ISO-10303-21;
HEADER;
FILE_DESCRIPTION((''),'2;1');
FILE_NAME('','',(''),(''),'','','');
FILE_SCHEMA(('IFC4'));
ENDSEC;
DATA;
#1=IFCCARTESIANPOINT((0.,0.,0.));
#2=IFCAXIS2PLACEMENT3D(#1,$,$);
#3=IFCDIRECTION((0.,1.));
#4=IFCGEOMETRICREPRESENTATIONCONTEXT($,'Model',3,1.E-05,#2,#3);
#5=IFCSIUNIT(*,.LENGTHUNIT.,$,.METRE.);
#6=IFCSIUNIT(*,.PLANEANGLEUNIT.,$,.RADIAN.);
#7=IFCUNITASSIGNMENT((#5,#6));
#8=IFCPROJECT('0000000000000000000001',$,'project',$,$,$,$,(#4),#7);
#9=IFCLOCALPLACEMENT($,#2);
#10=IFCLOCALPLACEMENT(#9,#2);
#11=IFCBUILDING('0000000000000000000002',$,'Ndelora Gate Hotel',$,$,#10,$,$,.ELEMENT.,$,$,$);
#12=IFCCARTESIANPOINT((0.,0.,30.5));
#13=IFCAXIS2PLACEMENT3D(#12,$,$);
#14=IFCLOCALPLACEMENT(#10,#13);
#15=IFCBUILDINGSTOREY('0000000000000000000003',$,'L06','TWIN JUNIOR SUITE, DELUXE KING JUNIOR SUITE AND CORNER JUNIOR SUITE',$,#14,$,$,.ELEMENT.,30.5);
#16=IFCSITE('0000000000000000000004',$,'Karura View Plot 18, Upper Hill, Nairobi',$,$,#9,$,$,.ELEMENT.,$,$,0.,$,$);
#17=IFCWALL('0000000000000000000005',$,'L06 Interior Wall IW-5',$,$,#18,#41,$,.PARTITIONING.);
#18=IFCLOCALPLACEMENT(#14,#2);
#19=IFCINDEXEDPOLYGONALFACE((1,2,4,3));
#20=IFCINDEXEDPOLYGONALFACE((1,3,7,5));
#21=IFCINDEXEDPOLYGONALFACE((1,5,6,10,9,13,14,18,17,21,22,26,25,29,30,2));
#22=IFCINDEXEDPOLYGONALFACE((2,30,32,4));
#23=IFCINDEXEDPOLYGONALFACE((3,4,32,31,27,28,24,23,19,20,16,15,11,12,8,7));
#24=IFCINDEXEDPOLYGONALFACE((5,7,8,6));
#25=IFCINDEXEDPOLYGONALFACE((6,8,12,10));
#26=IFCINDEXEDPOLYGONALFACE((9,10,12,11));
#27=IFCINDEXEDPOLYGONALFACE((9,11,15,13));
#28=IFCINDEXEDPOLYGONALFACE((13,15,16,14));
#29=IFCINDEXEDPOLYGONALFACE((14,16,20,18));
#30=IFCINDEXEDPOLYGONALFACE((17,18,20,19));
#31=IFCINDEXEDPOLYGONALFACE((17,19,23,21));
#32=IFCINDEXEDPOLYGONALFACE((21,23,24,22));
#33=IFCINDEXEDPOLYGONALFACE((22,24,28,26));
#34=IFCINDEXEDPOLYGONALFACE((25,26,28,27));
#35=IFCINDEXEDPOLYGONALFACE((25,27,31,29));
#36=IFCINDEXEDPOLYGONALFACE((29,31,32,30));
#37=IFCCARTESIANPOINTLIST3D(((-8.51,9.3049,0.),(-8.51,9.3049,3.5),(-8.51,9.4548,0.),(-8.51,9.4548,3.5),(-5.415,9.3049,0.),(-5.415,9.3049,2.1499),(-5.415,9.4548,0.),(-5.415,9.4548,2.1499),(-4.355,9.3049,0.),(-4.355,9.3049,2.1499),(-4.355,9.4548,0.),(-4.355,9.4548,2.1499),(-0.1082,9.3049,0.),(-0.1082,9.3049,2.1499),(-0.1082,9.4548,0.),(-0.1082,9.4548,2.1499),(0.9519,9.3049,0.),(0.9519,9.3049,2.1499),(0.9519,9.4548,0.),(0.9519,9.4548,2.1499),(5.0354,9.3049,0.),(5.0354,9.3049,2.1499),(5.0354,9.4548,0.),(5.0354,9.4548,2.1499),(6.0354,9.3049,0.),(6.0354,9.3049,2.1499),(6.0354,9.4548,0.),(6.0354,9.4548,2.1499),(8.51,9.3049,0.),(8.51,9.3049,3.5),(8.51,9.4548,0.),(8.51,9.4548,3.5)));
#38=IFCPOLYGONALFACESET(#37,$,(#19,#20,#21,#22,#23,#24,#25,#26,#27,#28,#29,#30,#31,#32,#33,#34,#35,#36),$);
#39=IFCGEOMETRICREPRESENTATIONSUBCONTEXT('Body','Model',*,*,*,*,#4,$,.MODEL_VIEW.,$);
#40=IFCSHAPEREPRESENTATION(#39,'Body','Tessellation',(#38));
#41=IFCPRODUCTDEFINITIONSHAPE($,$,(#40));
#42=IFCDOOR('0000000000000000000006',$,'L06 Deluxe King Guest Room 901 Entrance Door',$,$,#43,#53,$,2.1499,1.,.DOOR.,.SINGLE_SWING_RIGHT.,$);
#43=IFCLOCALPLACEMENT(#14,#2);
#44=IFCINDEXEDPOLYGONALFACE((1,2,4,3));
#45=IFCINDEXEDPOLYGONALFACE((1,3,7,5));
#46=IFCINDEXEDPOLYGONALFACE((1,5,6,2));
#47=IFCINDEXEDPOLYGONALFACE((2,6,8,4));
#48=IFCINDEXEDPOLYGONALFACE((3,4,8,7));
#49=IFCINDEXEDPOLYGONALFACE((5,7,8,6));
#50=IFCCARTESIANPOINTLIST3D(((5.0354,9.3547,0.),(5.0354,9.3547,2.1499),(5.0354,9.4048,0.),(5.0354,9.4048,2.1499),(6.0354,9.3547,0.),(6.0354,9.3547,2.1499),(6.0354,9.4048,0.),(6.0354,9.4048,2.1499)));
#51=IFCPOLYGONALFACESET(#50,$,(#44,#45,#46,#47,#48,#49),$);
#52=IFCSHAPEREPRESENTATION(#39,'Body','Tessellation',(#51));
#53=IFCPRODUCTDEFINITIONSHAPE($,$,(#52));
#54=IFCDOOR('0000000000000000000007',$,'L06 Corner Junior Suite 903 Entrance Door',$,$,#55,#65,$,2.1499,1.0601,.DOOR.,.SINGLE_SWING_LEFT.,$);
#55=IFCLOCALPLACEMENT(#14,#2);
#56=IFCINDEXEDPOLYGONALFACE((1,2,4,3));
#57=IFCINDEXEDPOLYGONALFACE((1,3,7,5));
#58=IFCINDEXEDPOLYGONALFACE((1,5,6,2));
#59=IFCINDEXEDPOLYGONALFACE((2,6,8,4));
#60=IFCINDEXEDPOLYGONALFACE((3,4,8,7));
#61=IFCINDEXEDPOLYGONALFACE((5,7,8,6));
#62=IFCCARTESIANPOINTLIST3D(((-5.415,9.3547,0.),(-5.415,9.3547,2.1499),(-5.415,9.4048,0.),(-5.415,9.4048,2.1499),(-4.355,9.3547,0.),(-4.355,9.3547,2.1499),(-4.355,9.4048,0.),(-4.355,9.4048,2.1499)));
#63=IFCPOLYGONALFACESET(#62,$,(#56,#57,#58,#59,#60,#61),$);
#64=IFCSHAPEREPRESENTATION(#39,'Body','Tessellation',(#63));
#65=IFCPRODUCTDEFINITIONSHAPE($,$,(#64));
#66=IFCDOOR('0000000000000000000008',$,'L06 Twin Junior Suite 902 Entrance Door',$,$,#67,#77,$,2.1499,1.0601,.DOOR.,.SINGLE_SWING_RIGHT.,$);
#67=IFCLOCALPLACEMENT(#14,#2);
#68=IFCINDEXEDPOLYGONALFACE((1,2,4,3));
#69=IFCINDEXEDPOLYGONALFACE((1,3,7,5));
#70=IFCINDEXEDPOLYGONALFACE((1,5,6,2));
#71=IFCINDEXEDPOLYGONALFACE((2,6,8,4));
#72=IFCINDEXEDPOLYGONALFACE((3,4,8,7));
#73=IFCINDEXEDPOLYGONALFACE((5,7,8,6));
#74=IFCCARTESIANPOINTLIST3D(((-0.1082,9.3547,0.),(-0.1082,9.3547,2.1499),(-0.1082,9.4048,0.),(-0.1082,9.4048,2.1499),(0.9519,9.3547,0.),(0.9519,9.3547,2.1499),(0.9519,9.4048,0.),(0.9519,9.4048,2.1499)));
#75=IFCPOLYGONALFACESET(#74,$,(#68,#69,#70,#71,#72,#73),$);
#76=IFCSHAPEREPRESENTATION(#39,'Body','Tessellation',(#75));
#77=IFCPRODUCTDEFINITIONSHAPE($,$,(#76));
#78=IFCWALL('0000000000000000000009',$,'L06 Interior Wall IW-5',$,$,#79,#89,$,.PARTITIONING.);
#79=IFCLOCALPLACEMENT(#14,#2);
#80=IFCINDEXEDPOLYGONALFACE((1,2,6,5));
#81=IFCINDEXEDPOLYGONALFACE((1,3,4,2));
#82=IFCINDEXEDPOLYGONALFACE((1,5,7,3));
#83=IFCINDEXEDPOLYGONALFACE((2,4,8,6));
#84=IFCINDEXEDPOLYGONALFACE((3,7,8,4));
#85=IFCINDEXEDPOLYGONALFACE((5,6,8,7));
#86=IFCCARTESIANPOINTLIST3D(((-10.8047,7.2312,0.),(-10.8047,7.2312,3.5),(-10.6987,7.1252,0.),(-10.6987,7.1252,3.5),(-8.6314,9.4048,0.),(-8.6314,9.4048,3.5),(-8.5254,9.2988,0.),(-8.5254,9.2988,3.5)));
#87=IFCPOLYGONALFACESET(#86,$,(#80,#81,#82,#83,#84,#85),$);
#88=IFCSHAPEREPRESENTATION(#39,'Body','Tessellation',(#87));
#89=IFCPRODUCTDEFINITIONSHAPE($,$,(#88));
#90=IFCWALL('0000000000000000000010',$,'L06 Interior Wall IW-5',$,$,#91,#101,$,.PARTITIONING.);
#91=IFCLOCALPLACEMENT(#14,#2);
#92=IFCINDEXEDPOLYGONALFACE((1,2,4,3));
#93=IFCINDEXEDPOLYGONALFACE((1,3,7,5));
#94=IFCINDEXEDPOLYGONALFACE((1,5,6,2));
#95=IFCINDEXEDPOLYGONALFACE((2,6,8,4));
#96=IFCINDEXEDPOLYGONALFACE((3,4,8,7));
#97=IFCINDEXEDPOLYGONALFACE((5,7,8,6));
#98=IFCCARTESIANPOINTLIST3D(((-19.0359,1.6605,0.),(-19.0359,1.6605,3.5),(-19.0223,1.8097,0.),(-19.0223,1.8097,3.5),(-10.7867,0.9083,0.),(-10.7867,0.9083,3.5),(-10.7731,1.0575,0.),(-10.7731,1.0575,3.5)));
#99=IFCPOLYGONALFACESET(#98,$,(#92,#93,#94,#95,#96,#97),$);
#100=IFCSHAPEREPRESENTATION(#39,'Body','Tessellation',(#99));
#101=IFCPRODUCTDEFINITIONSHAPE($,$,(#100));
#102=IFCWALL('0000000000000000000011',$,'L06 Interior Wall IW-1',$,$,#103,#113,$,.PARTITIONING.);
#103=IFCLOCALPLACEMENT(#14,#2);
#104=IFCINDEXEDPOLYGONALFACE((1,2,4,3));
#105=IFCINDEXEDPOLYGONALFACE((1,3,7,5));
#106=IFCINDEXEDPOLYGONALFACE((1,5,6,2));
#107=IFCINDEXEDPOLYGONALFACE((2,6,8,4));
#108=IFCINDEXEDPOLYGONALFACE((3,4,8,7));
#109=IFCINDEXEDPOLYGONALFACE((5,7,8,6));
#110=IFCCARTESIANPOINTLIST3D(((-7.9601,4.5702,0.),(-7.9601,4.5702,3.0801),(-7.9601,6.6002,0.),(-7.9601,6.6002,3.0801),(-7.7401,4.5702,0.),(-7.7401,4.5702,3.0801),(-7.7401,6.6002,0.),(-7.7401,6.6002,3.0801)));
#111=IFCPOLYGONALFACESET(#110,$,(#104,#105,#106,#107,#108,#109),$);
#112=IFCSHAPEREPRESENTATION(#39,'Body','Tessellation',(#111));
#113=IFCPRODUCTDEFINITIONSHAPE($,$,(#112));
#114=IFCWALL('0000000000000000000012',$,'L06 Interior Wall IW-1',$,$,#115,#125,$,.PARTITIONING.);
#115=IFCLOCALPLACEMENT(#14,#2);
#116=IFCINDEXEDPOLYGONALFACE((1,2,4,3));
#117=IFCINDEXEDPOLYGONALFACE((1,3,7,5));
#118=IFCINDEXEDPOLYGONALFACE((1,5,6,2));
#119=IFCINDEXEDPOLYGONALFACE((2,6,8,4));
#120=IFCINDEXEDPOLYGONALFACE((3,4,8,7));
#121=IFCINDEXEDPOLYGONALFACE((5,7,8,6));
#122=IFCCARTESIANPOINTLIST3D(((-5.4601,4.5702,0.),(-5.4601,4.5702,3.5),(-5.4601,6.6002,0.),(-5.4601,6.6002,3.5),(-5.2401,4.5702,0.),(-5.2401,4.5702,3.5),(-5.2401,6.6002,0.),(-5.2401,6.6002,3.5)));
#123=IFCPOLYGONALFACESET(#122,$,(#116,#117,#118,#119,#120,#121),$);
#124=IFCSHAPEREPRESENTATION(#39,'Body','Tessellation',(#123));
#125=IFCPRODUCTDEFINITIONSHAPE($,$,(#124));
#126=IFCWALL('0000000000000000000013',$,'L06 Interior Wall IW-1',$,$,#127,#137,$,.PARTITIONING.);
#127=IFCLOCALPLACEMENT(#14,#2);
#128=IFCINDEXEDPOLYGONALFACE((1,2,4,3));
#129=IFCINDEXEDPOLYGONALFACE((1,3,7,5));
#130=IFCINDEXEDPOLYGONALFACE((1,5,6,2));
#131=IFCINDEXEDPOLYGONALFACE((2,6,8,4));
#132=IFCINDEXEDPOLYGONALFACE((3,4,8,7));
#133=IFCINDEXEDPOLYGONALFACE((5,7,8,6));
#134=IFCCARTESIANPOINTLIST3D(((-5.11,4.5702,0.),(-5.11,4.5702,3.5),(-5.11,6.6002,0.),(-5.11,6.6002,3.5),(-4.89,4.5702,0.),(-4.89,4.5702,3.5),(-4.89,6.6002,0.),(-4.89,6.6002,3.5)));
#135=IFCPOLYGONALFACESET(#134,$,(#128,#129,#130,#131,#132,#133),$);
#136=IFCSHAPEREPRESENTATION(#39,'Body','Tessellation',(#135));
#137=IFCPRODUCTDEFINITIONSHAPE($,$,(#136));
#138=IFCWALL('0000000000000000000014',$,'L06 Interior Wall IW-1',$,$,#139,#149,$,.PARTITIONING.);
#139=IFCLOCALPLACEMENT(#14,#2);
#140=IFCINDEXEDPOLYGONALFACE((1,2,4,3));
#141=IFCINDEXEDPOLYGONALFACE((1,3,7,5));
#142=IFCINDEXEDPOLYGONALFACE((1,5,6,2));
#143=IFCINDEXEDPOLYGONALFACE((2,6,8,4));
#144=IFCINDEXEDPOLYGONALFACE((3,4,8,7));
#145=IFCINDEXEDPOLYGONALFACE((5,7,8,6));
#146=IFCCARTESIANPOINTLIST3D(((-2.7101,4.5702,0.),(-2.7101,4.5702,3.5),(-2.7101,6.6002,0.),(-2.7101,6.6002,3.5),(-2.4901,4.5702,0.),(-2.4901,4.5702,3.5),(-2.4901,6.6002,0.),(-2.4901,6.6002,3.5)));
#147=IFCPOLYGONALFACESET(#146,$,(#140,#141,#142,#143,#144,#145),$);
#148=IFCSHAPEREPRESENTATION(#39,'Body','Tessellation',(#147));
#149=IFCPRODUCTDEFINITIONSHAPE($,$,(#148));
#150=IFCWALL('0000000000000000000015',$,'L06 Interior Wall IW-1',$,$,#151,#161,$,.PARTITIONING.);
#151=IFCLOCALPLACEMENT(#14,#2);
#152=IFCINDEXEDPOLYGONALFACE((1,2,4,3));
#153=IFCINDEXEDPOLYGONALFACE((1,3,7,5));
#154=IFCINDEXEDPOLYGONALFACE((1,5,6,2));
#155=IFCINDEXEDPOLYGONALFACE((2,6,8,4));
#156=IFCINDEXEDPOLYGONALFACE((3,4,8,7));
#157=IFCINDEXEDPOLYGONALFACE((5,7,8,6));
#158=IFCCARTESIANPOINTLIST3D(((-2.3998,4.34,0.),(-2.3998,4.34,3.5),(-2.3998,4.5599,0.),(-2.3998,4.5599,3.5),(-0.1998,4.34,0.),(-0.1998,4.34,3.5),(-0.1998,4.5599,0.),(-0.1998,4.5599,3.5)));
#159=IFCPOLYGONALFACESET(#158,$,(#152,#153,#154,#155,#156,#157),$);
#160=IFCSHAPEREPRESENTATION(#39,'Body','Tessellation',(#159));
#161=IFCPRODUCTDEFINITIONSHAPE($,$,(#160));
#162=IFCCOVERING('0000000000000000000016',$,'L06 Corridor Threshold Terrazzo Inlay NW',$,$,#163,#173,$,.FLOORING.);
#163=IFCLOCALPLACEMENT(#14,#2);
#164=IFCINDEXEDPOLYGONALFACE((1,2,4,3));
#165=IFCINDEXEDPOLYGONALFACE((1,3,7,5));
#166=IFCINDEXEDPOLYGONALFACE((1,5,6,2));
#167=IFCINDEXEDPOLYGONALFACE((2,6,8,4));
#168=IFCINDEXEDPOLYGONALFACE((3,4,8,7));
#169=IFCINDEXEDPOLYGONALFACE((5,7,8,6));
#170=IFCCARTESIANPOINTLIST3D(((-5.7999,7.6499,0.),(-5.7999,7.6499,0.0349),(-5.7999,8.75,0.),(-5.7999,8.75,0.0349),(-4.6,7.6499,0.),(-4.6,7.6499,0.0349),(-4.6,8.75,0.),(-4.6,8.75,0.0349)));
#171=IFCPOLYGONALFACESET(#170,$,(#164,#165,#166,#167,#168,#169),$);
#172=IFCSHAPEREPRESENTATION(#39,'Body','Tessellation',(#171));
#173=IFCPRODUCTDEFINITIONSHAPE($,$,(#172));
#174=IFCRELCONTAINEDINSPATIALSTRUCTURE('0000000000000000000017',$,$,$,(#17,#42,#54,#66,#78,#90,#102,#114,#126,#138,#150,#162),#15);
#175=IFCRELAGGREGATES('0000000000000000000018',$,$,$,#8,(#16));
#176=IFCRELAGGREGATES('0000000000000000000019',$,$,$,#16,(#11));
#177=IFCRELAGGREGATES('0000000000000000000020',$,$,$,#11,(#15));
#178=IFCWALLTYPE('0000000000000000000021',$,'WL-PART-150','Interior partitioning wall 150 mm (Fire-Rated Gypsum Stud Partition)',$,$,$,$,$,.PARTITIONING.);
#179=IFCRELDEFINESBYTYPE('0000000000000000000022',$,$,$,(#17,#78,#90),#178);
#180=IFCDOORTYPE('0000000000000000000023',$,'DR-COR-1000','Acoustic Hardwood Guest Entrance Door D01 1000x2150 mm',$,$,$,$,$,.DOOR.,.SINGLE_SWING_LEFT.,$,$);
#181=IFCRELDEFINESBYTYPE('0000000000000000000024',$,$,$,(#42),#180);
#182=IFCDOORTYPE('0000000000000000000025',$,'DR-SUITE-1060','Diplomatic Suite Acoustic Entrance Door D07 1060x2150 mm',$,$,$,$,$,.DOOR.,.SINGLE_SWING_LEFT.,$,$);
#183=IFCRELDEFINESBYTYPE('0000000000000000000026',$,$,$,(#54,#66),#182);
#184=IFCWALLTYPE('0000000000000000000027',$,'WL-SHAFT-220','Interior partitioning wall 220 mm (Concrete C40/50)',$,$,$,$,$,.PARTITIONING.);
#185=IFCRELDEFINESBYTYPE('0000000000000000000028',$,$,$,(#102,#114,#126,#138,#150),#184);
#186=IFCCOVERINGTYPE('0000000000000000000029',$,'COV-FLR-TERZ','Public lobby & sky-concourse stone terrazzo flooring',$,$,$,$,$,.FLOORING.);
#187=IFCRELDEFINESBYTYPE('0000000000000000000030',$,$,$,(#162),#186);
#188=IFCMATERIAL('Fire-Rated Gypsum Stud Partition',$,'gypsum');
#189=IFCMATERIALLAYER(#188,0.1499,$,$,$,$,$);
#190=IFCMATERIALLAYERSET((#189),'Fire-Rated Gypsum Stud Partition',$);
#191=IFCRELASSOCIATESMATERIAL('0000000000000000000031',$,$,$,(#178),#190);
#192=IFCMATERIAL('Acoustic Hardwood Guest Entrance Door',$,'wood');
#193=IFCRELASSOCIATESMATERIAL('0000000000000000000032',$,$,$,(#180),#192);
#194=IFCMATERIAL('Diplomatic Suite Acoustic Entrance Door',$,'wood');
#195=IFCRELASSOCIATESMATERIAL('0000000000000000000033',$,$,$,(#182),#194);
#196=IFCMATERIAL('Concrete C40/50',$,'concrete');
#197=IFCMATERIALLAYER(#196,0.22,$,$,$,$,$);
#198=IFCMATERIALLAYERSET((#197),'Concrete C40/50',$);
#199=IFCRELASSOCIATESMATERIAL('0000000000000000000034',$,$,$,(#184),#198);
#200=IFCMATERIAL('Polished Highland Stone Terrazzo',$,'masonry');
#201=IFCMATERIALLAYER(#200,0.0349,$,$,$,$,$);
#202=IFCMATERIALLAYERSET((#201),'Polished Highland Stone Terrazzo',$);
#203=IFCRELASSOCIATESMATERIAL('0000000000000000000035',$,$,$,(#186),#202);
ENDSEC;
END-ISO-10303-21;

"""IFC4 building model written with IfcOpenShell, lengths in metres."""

from ifc_helpers import new_model, si_unit, direction, frame, frame_2d, origin, origin_2d, place, context, subcontext, project, spatial, rectangle, extrude, material, layer, layer_set, type_object, element, fill, save


model = new_model("IFC4")

# Units and contexts
model_context = context("Model", 3, precision=1e-05, world=origin(), true_north=direction((0.0, 1.0)))
body_context = subcontext(model_context, "Body", "Model", "MODEL_VIEW")
ifc_project = project(units=[si_unit("LENGTHUNIT", "METRE"), si_unit("PLANEANGLEUNIT", "RADIAN")], contexts=[model_context])

# Site, building, storey
site_placement = place(None, origin())
site = spatial("IfcSite", under=ifc_project, at=site_placement, Name="Karura View Plot 18, Upper Hill, Nairobi", CompositionType="ELEMENT", RefElevation=0.0)
building_placement = place(site_placement, origin())
building = spatial("IfcBuilding", under=site, at=building_placement, Name="Ndelora Gate Hotel", CompositionType="ELEMENT")
storey_placement = place(building_placement, frame((0.0, 0.0, 30.5)))
storey = spatial("IfcBuildingStorey", under=building, at=storey_placement, Name="L06", Description="TWIN JUNIOR SUITE, DELUXE KING JUNIOR SUITE AND CORNER JUNIOR SUITE", CompositionType="ELEMENT", Elevation=30.5)

# Shared definitions
ifc_material_1 = material(Name="Concrete C40/50", Category="concrete")

# Wall, openings, doors
ifc_material_2 = material(Name="Fire-Rated Gypsum Stud Partition", Category="gypsum")
ifc_layer_1 = layer(ifc_material_2, 0.1499)
ifc_layer_set_1 = layer_set([ifc_layer_1], Name="Fire-Rated Gypsum Stud Partition")
wall_type_1 = type_object("IfcWallType", Name="WL-PART-150", Description="Interior partitioning wall 150 mm (Fire-Rated Gypsum Stud Partition)", PredefinedType="PARTITIONING", material=ifc_layer_set_1)
wall_1_placement = place(storey_placement, frame((-8.51, 9.3799, 0.0), z_axis=(0.0, 0.0, 1.0), x_axis=(1.0, 0.0, 0.0)))
wall_1 = element("IfcWall", 1, at=wall_1_placement, inside=storey, type_object=wall_type_1, Name="L06 Interior Wall IW-5", PredefinedType="PARTITIONING", context=body_context, shape_type="SweptSolid", body=[
    extrude(rectangle(XDim=17.02, YDim=0.1499, at=frame_2d((8.51, 0.0))), origin(), (0.0, 0.0, 1.0), 3.5),
])
opening_1_placement = place(wall_1_placement, frame((13.5454, 0.0, 0.0)))
opening_1 = element("IfcOpeningElement", 2, at=opening_1_placement, cuts=wall_1, PredefinedType="OPENING", context=body_context, shape_type="SweptSolid", body=[
    extrude(rectangle(XDim=1.0, YDim=2.1499, at=frame_2d((0.5, 1.075))), frame((0.0, 0.085, 0.0), z_axis=(0.0, -1.0, 0.0), x_axis=(1.0, 0.0, 0.0)), (0.0, 0.0, 1.0), 0.1699),
])
opening_2_placement = place(wall_1_placement, frame((3.095, 0.0, 0.0)))
opening_2 = element("IfcOpeningElement", 3, at=opening_2_placement, cuts=wall_1, PredefinedType="OPENING", context=body_context, shape_type="SweptSolid", body=[
    extrude(rectangle(XDim=1.0601, YDim=2.1499, at=frame_2d((0.53, 1.075))), frame((0.0, 0.085, 0.0), z_axis=(0.0, -1.0, 0.0), x_axis=(1.0, 0.0, 0.0)), (0.0, 0.0, 1.0), 0.1699),
])
opening_3_placement = place(wall_1_placement, frame((8.4019, 0.0, 0.0)))
opening_3 = element("IfcOpeningElement", 4, at=opening_3_placement, cuts=wall_1, PredefinedType="OPENING", context=body_context, shape_type="SweptSolid", body=[
    extrude(rectangle(XDim=1.0601, YDim=2.1499, at=frame_2d((0.53, 1.075))), frame((0.0, 0.085, 0.0), z_axis=(0.0, -1.0, 0.0), x_axis=(1.0, 0.0, 0.0)), (0.0, 0.0, 1.0), 0.1699),
])
ifc_material_3 = material(Name="Acoustic Hardwood Guest Entrance Door", Category="wood")
door_type_1 = type_object("IfcDoorType", Name="DR-COR-1000", Description="Acoustic Hardwood Guest Entrance Door D01 1000x2150 mm", OperationType="SINGLE_SWING_LEFT", PredefinedType="DOOR", material=ifc_material_3)
door_1_placement = place(opening_1_placement, origin())
door_1 = element("IfcDoor", 5, at=door_1_placement, inside=storey, type_object=door_type_1, Name="L06 Deluxe King Guest Room 901 Entrance Door", OperationType="SINGLE_SWING_RIGHT", OverallHeight=2.1499, OverallWidth=1.0, PredefinedType="DOOR", context=body_context, shape_type="SweptSolid", body=[
    extrude(rectangle(XDim=1.0, YDim=2.1499, at=frame_2d((0.5, 1.075))), frame((0.0, 0.0249, 0.0), z_axis=(0.0, -1.0, 0.0), x_axis=(1.0, 0.0, 0.0)), (0.0, 0.0, 1.0), 0.05),
])
fill(opening_1, door_1)
ifc_material_4 = material(Name="Diplomatic Suite Acoustic Entrance Door", Category="wood")
door_type_2 = type_object("IfcDoorType", Name="DR-SUITE-1060", Description="Diplomatic Suite Acoustic Entrance Door D07 1060x2150 mm", OperationType="SINGLE_SWING_LEFT", PredefinedType="DOOR", material=ifc_material_4)
door_2_placement = place(opening_2_placement, origin())
door_2 = element("IfcDoor", 6, at=door_2_placement, inside=storey, type_object=door_type_2, Name="L06 Corner Junior Suite 903 Entrance Door", OperationType="SINGLE_SWING_LEFT", OverallHeight=2.1499, OverallWidth=1.0601, PredefinedType="DOOR", context=body_context, shape_type="SweptSolid", body=[
    extrude(rectangle(XDim=1.0601, YDim=2.1499, at=frame_2d((0.53, 1.075))), frame((0.0, 0.0249, 0.0), z_axis=(0.0, -1.0, 0.0), x_axis=(1.0, 0.0, 0.0)), (0.0, 0.0, 1.0), 0.05),
])
fill(opening_2, door_2)
door_3_placement = place(opening_3_placement, origin())
door_3 = element("IfcDoor", 7, at=door_3_placement, inside=storey, type_object=door_type_2, Name="L06 Twin Junior Suite 902 Entrance Door", OperationType="SINGLE_SWING_RIGHT", OverallHeight=2.1499, OverallWidth=1.0601, PredefinedType="DOOR", context=body_context, shape_type="SweptSolid", body=[
    extrude(rectangle(XDim=1.0601, YDim=2.1499, at=frame_2d((0.53, 1.075))), frame((0.0, 0.0249, 0.0), z_axis=(0.0, -1.0, 0.0), x_axis=(1.0, 0.0, 0.0)), (0.0, 0.0, 1.0), 0.05),
])
fill(opening_3, door_3)

# Walls
wall_2_placement = place(storey_placement, frame((-10.7517, 7.1782, 0.0), z_axis=(0.0, 0.0, 1.0), x_axis=(0.707067, 0.707146, 0.0)))
element("IfcWall", 8, at=wall_2_placement, inside=storey, type_object=wall_type_1, Name="L06 Interior Wall IW-5", PredefinedType="PARTITIONING", context=body_context, shape_type="SweptSolid", body=[
    extrude(rectangle(XDim=3.0737, YDim=0.1499, at=frame_2d((1.5369, 0.0))), origin(), (0.0, 0.0, 1.0), 3.5),
])
wall_3_placement = place(storey_placement, frame((-10.78, 0.9829, 0.0), z_axis=(0.0, 0.0, 1.0), x_axis=(-0.995869, 0.090807, 0.0)))
element("IfcWall", 9, at=wall_3_placement, inside=storey, type_object=wall_type_1, Name="L06 Interior Wall IW-5", PredefinedType="PARTITIONING", context=body_context, shape_type="SweptSolid", body=[
    extrude(rectangle(XDim=8.2834, YDim=0.1499, at=frame_2d((4.1416, 0.0))), origin(), (0.0, 0.0, 1.0), 3.5),
])

# Shared definitions
ifc_layer_2 = layer(ifc_material_1, 0.22)
ifc_layer_set_2 = layer_set([ifc_layer_2], Name="Concrete C40/50")
wall_type_2 = type_object("IfcWallType", Name="WL-SHAFT-220", Description="Interior partitioning wall 220 mm (Concrete C40/50)", PredefinedType="PARTITIONING", material=ifc_layer_set_2)

# Walls
wall_4_placement = place(storey_placement, frame((-7.8501, 4.5701, 0.0), z_axis=(0.0, 0.0, 1.0), x_axis=(0.0, 1.0, 0.0)))
element("IfcWall", 10, at=wall_4_placement, inside=storey, type_object=wall_type_2, Name="L06 Interior Wall IW-1", PredefinedType="PARTITIONING", context=body_context, shape_type="SweptSolid", body=[
    extrude(rectangle(XDim=2.03, YDim=0.22, at=frame_2d((1.0151, 0.0))), origin(), (0.0, 0.0, 1.0), 3.0801),
])
wall_5_placement = place(storey_placement, frame((-5.3501, 4.5701, 0.0), z_axis=(0.0, 0.0, 1.0), x_axis=(0.0, 1.0, 0.0)))
element("IfcWall", 11, at=wall_5_placement, inside=storey, type_object=wall_type_2, Name="L06 Interior Wall IW-1", PredefinedType="PARTITIONING", context=body_context, shape_type="SweptSolid", body=[
    extrude(rectangle(XDim=2.03, YDim=0.22, at=frame_2d((1.0151, 0.0))), origin(), (0.0, 0.0, 1.0), 3.5),
])

# Walls
for number, where, z_axis, x_axis, name in (
    (12, (-5.0, 4.5701, 0.0), (0.0, 0.0, 1.0), (0.0, 1.0, 0.0), "L06 Interior Wall IW-1"),
    (13, (-2.6001, 4.5701, 0.0), (0.0, 0.0, 1.0), (0.0, 1.0, 0.0), "L06 Interior Wall IW-1"),
):
    element("IfcWall", number, at=place(storey_placement, frame(where, z_axis=z_axis, x_axis=x_axis)), inside=storey, type_object=wall_type_2, Name=name, PredefinedType="PARTITIONING", context=body_context, shape_type="SweptSolid", body=[
        extrude(rectangle(XDim=2.03, YDim=0.22, at=frame_2d((1.0151, 0.0))), origin(), (0.0, 0.0, 1.0), 3.5),
    ])
wall_6_placement = place(storey_placement, frame((-2.3999, 4.45, 0.0), z_axis=(0.0, 0.0, 1.0), x_axis=(1.0, 0.0, 0.0)))
element("IfcWall", 14, at=wall_6_placement, inside=storey, type_object=wall_type_2, Name="L06 Interior Wall IW-1", PredefinedType="PARTITIONING", context=body_context, shape_type="SweptSolid", body=[
    extrude(rectangle(XDim=2.2, YDim=0.22, at=frame_2d((1.1001, 0.0))), origin(), (0.0, 0.0, 1.0), 3.5),
])

# Covering
ifc_material_5 = material(Name="Polished Highland Stone Terrazzo", Category="masonry")
ifc_layer_3 = layer(ifc_material_5, 0.0349)
ifc_layer_set_3 = layer_set([ifc_layer_3], Name="Polished Highland Stone Terrazzo")
covering_type_1 = type_object("IfcCoveringType", Name="COV-FLR-TERZ", Description="Public lobby & sky-concourse stone terrazzo flooring", PredefinedType="FLOORING", material=ifc_layer_set_3)
for number, where, z_axis, x_axis, name in (
    (15, (-5.2, 8.2, 0.0), (0.0, 0.0, 1.0), (1.0, 0.0, 0.0), "L06 Corridor Threshold Terrazzo Inlay NW"),
):
    element("IfcCovering", number, at=place(storey_placement, frame(where, z_axis=z_axis, x_axis=x_axis)), inside=storey, type_object=covering_type_1, Name=name, PredefinedType="FLOORING", context=body_context, shape_type="SweptSolid", body=[
        extrude(rectangle(XDim=1.2, YDim=1.1001, at=origin_2d()), origin(), (0.0, 0.0, 1.0), 0.0349),
    ])

save(model, "model.ifc")
